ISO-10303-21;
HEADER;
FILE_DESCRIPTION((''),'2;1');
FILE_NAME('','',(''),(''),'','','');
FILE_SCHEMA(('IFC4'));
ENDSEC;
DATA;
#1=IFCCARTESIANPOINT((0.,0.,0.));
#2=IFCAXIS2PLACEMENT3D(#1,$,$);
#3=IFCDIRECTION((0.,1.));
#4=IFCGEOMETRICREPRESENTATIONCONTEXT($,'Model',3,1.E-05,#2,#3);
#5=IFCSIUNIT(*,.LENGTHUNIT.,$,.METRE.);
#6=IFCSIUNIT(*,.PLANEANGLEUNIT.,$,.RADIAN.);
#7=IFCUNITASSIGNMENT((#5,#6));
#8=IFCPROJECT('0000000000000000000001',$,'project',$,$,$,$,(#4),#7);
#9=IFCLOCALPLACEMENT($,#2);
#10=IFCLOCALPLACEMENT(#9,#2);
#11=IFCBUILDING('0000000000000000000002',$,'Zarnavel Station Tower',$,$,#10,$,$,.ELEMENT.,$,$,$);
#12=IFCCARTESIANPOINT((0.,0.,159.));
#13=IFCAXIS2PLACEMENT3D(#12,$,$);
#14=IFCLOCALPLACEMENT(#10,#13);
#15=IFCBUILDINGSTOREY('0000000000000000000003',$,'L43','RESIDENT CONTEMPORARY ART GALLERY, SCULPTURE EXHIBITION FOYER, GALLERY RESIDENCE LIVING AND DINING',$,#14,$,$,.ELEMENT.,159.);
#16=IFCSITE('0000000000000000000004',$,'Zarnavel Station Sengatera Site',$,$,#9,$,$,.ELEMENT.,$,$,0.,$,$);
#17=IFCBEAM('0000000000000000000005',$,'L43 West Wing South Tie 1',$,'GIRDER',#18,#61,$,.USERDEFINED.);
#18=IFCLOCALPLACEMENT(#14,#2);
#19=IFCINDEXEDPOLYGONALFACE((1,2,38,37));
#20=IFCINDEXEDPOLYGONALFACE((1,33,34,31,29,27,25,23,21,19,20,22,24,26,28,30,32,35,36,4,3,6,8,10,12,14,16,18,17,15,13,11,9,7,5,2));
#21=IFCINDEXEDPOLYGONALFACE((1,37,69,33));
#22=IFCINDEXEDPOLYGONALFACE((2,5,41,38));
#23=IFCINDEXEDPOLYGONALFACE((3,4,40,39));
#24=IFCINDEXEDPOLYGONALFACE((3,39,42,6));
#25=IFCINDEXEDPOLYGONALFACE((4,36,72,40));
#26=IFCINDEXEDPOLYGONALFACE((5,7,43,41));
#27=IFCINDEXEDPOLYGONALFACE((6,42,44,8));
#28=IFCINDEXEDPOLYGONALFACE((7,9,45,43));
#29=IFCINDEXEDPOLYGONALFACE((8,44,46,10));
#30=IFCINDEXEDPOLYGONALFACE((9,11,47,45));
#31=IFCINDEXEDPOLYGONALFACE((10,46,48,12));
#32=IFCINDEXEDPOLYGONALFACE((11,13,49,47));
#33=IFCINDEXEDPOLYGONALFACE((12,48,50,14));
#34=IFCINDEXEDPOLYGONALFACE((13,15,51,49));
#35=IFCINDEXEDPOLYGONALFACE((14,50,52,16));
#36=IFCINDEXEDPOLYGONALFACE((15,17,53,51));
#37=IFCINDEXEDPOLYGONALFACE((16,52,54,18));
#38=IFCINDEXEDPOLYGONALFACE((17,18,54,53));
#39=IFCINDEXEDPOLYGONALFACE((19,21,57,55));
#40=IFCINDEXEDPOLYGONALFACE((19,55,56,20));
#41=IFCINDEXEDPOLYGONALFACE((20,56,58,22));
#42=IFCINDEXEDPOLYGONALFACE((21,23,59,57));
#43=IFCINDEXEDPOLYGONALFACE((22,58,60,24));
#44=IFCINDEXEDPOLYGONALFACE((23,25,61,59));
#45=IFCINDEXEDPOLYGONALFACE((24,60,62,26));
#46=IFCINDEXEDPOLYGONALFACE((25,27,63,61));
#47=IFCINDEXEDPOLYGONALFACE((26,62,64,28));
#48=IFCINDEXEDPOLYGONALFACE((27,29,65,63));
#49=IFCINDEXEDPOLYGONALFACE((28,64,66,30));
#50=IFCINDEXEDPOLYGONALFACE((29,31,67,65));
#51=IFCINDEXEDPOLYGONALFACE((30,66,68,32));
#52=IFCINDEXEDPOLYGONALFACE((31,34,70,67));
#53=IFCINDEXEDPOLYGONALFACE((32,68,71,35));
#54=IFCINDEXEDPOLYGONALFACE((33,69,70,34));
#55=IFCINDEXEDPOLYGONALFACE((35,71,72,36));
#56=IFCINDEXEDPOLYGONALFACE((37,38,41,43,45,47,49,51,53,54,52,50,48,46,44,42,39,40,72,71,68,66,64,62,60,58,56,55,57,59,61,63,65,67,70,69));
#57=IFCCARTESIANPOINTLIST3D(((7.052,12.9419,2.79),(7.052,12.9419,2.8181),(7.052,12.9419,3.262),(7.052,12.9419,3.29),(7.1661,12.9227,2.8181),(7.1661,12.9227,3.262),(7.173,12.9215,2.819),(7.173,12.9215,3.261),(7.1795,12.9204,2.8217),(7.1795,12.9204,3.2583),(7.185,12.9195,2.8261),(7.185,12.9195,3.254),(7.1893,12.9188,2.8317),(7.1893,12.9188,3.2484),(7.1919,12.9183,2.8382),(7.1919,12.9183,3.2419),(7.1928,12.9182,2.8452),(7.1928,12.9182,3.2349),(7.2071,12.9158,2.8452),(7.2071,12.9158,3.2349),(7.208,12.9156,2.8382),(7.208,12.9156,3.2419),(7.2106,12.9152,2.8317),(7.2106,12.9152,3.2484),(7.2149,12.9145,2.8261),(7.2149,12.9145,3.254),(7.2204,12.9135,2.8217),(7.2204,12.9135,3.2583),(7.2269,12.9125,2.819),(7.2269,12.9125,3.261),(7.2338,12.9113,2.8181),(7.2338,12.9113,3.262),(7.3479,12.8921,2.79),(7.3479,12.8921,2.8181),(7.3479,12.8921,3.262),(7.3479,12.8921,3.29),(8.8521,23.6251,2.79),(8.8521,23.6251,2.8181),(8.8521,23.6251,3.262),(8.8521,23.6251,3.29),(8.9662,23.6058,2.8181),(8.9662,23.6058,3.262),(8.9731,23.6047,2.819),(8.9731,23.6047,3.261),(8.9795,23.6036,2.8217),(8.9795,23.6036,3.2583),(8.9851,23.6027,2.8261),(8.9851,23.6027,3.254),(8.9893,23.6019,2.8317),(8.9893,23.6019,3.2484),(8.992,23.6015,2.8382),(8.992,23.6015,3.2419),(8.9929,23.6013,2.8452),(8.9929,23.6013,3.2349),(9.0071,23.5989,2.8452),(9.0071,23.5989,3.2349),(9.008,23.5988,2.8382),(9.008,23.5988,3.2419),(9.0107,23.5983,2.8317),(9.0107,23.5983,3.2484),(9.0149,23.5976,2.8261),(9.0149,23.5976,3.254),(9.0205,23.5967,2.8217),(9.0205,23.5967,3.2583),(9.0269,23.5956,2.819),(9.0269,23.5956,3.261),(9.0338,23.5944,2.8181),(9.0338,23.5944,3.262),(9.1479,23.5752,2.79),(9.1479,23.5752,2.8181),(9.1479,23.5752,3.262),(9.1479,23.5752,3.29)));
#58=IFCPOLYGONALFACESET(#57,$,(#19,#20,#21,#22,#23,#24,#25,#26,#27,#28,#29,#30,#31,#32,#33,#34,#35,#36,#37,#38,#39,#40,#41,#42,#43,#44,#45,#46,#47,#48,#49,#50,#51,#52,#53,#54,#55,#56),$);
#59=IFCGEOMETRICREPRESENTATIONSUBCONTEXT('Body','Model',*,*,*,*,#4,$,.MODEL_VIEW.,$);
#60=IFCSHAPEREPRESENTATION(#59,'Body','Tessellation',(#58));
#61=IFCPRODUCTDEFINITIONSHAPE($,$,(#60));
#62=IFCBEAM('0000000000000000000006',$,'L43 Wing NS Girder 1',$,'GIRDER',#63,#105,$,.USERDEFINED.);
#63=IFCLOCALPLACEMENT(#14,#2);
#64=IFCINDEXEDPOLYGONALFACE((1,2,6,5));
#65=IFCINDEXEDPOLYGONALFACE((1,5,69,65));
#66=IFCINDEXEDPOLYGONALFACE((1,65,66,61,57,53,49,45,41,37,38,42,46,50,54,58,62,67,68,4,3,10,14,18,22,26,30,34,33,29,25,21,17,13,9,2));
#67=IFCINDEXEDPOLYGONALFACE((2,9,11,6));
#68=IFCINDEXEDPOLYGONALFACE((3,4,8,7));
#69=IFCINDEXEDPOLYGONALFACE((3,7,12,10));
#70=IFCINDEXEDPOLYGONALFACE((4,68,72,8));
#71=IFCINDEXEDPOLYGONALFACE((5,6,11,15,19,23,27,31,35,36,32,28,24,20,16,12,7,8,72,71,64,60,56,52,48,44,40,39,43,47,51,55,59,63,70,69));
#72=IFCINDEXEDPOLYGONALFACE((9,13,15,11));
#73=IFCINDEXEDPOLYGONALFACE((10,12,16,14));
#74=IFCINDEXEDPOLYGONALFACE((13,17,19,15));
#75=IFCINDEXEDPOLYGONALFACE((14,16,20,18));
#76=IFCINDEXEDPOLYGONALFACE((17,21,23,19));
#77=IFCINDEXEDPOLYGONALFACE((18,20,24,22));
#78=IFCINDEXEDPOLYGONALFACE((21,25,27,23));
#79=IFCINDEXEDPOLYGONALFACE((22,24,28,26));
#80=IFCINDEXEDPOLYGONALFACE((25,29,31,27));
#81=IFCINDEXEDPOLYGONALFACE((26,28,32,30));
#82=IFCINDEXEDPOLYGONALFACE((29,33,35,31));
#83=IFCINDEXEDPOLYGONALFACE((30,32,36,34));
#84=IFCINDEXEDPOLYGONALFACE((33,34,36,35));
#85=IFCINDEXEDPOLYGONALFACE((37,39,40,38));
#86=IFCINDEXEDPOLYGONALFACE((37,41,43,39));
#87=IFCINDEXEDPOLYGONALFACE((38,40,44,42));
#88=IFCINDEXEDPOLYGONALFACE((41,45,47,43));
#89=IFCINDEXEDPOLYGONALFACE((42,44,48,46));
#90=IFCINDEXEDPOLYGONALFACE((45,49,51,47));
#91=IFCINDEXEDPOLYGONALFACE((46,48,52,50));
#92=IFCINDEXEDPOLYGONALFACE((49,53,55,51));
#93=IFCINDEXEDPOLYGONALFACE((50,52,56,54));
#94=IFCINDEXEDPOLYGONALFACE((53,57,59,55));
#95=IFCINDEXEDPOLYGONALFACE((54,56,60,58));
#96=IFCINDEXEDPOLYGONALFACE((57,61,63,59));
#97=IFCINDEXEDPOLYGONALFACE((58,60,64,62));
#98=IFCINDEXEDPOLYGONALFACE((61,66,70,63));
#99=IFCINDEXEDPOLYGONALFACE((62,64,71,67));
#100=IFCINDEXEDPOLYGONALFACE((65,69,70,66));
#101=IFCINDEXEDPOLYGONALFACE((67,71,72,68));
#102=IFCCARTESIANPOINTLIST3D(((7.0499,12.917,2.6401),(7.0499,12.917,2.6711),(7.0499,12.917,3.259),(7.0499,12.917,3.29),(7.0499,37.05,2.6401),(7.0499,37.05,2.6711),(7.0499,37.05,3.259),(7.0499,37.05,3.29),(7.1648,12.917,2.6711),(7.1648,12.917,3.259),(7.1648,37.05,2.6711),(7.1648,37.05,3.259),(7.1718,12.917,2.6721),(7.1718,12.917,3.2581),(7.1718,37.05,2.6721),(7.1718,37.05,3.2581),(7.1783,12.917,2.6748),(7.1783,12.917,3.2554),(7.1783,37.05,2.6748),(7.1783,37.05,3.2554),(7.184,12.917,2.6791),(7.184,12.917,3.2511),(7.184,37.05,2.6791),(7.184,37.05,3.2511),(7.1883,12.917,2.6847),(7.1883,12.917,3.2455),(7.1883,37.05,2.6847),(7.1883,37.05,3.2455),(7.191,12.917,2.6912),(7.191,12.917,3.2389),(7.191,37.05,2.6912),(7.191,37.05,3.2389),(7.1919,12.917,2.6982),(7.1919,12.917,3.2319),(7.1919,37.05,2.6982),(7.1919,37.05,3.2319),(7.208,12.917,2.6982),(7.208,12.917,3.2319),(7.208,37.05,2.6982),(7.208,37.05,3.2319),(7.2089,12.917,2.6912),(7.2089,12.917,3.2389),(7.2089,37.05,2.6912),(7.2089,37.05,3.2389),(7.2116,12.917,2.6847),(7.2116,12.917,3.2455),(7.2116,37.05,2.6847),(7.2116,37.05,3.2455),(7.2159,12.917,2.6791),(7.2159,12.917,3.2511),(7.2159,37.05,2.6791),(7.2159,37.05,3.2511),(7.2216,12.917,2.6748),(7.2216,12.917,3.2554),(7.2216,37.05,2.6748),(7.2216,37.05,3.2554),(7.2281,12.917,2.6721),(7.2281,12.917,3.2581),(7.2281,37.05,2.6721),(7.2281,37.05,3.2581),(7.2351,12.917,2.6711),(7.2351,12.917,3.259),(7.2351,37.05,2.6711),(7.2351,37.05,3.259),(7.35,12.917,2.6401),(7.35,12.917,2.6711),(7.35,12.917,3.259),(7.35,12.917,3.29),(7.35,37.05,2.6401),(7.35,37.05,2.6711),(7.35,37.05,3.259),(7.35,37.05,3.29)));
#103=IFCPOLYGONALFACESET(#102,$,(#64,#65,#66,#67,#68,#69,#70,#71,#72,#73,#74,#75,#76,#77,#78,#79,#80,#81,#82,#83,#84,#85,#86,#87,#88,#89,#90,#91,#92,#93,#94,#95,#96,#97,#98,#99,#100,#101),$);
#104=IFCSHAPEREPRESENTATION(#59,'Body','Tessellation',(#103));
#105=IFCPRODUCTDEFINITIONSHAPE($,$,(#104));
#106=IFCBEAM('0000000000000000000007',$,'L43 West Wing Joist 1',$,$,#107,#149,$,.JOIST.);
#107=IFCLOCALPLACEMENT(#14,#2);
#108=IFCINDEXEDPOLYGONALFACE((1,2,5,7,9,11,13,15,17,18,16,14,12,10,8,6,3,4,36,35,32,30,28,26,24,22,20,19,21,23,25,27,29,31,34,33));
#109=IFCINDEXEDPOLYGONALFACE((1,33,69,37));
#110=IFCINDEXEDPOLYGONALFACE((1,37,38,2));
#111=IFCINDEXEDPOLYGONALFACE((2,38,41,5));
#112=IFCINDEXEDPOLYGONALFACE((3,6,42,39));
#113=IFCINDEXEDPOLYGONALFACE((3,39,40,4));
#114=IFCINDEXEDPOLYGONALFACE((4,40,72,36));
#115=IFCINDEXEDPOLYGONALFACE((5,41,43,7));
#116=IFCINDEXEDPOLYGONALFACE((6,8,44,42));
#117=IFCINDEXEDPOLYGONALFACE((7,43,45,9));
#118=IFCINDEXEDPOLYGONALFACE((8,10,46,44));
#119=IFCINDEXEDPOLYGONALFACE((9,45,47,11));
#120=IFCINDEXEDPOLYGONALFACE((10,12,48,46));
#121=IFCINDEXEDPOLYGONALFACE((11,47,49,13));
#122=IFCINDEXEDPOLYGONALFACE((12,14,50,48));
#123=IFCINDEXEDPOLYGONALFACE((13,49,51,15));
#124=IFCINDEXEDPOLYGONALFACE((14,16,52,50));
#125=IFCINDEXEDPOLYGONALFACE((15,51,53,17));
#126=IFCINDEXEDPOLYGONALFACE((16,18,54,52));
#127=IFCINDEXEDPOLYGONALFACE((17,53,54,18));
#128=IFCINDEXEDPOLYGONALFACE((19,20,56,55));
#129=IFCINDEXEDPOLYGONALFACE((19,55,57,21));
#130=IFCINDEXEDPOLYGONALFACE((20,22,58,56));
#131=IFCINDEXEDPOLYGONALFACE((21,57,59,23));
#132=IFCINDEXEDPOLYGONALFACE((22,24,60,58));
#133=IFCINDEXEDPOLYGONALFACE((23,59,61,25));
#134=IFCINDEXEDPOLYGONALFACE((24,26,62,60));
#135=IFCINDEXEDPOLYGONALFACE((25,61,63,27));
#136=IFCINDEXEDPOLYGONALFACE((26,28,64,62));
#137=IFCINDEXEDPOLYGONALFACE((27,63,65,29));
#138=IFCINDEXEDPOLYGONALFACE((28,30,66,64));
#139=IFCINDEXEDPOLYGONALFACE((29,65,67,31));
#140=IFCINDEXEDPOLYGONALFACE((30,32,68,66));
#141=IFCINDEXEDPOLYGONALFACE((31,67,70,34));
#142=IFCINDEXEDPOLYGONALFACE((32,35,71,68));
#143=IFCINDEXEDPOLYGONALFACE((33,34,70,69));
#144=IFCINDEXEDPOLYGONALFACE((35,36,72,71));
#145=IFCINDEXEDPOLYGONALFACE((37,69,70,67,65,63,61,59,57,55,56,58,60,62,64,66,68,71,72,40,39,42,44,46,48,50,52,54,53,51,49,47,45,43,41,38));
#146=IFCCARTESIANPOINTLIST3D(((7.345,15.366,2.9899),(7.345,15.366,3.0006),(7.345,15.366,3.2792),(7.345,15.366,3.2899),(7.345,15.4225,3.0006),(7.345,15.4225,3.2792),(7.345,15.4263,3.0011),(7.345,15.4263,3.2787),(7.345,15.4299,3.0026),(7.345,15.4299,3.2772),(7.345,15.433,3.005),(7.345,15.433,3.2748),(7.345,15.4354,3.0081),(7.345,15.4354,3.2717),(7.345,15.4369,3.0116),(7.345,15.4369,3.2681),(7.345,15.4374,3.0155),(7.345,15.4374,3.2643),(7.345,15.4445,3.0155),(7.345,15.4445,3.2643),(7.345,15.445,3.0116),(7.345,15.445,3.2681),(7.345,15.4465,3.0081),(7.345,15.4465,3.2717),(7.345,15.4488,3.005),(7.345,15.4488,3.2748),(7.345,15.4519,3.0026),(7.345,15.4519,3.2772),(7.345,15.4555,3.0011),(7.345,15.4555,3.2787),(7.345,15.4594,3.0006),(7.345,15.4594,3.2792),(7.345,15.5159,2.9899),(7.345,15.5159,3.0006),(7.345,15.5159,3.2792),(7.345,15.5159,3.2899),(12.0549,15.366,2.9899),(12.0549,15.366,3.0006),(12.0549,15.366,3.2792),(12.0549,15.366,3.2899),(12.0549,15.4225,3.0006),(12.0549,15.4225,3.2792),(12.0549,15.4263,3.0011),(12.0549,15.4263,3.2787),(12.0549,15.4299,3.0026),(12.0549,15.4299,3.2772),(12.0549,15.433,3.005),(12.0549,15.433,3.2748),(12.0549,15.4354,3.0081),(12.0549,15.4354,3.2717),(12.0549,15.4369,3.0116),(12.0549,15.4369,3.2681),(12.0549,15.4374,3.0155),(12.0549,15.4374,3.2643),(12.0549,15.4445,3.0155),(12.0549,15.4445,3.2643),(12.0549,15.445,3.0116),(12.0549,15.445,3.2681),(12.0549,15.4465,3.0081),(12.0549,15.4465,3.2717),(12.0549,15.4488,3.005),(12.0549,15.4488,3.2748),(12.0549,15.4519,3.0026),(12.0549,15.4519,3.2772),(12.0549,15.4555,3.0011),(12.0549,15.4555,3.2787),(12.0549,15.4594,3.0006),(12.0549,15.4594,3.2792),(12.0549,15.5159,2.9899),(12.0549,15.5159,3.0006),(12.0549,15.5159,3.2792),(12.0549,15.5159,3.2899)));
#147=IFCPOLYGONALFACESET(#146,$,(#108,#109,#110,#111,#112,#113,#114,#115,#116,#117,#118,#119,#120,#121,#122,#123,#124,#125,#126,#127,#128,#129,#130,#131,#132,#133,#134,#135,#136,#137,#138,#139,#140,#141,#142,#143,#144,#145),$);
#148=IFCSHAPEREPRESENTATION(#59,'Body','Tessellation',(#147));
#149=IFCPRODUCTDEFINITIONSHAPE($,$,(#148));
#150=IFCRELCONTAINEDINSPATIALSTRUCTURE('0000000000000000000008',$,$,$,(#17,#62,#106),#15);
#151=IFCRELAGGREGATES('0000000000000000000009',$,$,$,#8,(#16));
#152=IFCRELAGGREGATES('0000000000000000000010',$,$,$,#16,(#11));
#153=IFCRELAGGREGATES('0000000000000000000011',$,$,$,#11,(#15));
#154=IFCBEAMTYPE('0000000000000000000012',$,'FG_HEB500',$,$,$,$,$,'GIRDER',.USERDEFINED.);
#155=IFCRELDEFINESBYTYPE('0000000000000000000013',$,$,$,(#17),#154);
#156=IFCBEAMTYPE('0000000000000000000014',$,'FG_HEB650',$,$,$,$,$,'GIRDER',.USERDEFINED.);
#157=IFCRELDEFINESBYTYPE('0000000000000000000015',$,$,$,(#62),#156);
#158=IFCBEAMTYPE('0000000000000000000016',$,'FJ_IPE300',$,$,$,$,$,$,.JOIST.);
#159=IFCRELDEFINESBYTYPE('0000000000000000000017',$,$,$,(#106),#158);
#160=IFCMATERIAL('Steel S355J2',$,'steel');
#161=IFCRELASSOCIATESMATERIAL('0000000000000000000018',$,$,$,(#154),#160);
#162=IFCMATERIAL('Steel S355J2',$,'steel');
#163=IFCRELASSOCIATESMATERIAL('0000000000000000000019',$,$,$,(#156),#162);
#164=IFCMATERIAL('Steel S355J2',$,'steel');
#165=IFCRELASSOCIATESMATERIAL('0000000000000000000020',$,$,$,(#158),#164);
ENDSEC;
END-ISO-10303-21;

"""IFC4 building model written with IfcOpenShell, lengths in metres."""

from ifc_helpers import new_model, si_unit, direction, frame, origin, origin_2d, place, context, subcontext, project, spatial, i_section, extrude, material, material_profile, profile_set, type_object, element, save


model = new_model("IFC4")

# Units and contexts
model_context = context("Model", 3, precision=1e-05, world=origin(), true_north=direction((0.0, 1.0)))
body_context = subcontext(model_context, "Body", "Model", "MODEL_VIEW")
ifc_project = project(units=[si_unit("LENGTHUNIT", "METRE"), si_unit("PLANEANGLEUNIT", "RADIAN")], contexts=[model_context])

# Site, building, storey
site_placement = place(None, origin())
site = spatial("IfcSite", under=ifc_project, at=site_placement, Name="Zarnavel Station Sengatera Site", CompositionType="ELEMENT", RefElevation=0.0)
building_placement = place(site_placement, origin())
building = spatial("IfcBuilding", under=site, at=building_placement, Name="Zarnavel Station Tower", CompositionType="ELEMENT")
storey_placement = place(building_placement, frame((0.0, 0.0, 159.0)))
storey = spatial("IfcBuildingStorey", under=building, at=storey_placement, Name="L43", Description="RESIDENT CONTEMPORARY ART GALLERY, SCULPTURE EXHIBITION FOYER, GALLERY RESIDENCE LIVING AND DINING", CompositionType="ELEMENT", Elevation=159.0)

# Beams
ifc_material_1 = material(Name="Steel S355J2", Category="steel")
ifc_material_profile_1 = material_profile(ifc_material_1, i_section(OverallWidth=0.3, OverallDepth=0.5, WebThickness=0.0144, FlangeThickness=0.0281, FilletRadius=0.0271, at=origin_2d()), Name="HEB500")
ifc_profile_set_1 = profile_set([ifc_material_profile_1], Name="Steel S355J2")
beam_type_1 = type_object("IfcBeamType", Name="FG_HEB500", ElementType="GIRDER", PredefinedType="USERDEFINED", material=ifc_profile_set_1)
beam_1_placement = place(storey_placement, frame((7.2, 12.917, 3.04), z_axis=(0.166153, 0.9861, 0.0), x_axis=(-0.9861, 0.166153, 0.0)))
element("IfcBeam", 1, at=beam_1_placement, inside=storey, type_object=beam_type_1, Name="L43 West Wing South Tie 1", ObjectType="GIRDER", PredefinedType="USERDEFINED", context=body_context, shape_type="SweptSolid", body=[
    extrude(i_section(OverallWidth=0.3, OverallDepth=0.5, WebThickness=0.0144, FlangeThickness=0.0281, FilletRadius=0.0271, at=origin_2d()), origin(), (0.0, 0.0, 1.0), 10.8337),
])
ifc_material_2 = material(Name="Steel S355J2", Category="steel")
ifc_material_profile_2 = material_profile(ifc_material_2, i_section(OverallWidth=0.3, OverallDepth=0.6499, WebThickness=0.0161, FlangeThickness=0.031, FilletRadius=0.0271, at=origin_2d()), Name="HEB650")
ifc_profile_set_2 = profile_set([ifc_material_profile_2], Name="Steel S355J2")
beam_type_2 = type_object("IfcBeamType", Name="FG_HEB650", ElementType="GIRDER", PredefinedType="USERDEFINED", material=ifc_profile_set_2)
beam_2_placement = place(storey_placement, frame((7.2, 12.917, 2.9651), z_axis=(0.0, 1.0, 0.0), x_axis=(-1.0, 0.0, 0.0)))
element("IfcBeam", 2, at=beam_2_placement, inside=storey, type_object=beam_type_2, Name="L43 Wing NS Girder 1", ObjectType="GIRDER", PredefinedType="USERDEFINED", context=body_context, shape_type="SweptSolid", body=[
    extrude(i_section(OverallWidth=0.3, OverallDepth=0.6499, WebThickness=0.0161, FlangeThickness=0.031, FilletRadius=0.0271, at=origin_2d()), origin(), (0.0, 0.0, 1.0), 24.1331),
])
ifc_material_3 = material(Name="Steel S355J2", Category="steel")
ifc_material_profile_3 = material_profile(ifc_material_3, i_section(OverallWidth=0.1499, OverallDepth=0.3, WebThickness=0.0071, FlangeThickness=0.0107, FilletRadius=0.0149, at=origin_2d()), Name="IPE300")
ifc_profile_set_3 = profile_set([ifc_material_profile_3], Name="Steel S355J2")
beam_type_3 = type_object("IfcBeamType", Name="FJ_IPE300", PredefinedType="JOIST", material=ifc_profile_set_3)
beam_3_placement = place(storey_placement, frame((7.345, 15.4409, 3.1399), z_axis=(1.0, 0.0, 0.0), x_axis=(0.0, 1.0, 0.0)))
element("IfcBeam", 3, at=beam_3_placement, inside=storey, type_object=beam_type_3, Name="L43 West Wing Joist 1", PredefinedType="JOIST", context=body_context, shape_type="SweptSolid", body=[
    extrude(i_section(OverallWidth=0.1499, OverallDepth=0.3, WebThickness=0.0071, FlangeThickness=0.0107, FilletRadius=0.0149, at=origin_2d()), origin(), (0.0, 0.0, 1.0), 4.71),
])

save(model, "model.ifc")
